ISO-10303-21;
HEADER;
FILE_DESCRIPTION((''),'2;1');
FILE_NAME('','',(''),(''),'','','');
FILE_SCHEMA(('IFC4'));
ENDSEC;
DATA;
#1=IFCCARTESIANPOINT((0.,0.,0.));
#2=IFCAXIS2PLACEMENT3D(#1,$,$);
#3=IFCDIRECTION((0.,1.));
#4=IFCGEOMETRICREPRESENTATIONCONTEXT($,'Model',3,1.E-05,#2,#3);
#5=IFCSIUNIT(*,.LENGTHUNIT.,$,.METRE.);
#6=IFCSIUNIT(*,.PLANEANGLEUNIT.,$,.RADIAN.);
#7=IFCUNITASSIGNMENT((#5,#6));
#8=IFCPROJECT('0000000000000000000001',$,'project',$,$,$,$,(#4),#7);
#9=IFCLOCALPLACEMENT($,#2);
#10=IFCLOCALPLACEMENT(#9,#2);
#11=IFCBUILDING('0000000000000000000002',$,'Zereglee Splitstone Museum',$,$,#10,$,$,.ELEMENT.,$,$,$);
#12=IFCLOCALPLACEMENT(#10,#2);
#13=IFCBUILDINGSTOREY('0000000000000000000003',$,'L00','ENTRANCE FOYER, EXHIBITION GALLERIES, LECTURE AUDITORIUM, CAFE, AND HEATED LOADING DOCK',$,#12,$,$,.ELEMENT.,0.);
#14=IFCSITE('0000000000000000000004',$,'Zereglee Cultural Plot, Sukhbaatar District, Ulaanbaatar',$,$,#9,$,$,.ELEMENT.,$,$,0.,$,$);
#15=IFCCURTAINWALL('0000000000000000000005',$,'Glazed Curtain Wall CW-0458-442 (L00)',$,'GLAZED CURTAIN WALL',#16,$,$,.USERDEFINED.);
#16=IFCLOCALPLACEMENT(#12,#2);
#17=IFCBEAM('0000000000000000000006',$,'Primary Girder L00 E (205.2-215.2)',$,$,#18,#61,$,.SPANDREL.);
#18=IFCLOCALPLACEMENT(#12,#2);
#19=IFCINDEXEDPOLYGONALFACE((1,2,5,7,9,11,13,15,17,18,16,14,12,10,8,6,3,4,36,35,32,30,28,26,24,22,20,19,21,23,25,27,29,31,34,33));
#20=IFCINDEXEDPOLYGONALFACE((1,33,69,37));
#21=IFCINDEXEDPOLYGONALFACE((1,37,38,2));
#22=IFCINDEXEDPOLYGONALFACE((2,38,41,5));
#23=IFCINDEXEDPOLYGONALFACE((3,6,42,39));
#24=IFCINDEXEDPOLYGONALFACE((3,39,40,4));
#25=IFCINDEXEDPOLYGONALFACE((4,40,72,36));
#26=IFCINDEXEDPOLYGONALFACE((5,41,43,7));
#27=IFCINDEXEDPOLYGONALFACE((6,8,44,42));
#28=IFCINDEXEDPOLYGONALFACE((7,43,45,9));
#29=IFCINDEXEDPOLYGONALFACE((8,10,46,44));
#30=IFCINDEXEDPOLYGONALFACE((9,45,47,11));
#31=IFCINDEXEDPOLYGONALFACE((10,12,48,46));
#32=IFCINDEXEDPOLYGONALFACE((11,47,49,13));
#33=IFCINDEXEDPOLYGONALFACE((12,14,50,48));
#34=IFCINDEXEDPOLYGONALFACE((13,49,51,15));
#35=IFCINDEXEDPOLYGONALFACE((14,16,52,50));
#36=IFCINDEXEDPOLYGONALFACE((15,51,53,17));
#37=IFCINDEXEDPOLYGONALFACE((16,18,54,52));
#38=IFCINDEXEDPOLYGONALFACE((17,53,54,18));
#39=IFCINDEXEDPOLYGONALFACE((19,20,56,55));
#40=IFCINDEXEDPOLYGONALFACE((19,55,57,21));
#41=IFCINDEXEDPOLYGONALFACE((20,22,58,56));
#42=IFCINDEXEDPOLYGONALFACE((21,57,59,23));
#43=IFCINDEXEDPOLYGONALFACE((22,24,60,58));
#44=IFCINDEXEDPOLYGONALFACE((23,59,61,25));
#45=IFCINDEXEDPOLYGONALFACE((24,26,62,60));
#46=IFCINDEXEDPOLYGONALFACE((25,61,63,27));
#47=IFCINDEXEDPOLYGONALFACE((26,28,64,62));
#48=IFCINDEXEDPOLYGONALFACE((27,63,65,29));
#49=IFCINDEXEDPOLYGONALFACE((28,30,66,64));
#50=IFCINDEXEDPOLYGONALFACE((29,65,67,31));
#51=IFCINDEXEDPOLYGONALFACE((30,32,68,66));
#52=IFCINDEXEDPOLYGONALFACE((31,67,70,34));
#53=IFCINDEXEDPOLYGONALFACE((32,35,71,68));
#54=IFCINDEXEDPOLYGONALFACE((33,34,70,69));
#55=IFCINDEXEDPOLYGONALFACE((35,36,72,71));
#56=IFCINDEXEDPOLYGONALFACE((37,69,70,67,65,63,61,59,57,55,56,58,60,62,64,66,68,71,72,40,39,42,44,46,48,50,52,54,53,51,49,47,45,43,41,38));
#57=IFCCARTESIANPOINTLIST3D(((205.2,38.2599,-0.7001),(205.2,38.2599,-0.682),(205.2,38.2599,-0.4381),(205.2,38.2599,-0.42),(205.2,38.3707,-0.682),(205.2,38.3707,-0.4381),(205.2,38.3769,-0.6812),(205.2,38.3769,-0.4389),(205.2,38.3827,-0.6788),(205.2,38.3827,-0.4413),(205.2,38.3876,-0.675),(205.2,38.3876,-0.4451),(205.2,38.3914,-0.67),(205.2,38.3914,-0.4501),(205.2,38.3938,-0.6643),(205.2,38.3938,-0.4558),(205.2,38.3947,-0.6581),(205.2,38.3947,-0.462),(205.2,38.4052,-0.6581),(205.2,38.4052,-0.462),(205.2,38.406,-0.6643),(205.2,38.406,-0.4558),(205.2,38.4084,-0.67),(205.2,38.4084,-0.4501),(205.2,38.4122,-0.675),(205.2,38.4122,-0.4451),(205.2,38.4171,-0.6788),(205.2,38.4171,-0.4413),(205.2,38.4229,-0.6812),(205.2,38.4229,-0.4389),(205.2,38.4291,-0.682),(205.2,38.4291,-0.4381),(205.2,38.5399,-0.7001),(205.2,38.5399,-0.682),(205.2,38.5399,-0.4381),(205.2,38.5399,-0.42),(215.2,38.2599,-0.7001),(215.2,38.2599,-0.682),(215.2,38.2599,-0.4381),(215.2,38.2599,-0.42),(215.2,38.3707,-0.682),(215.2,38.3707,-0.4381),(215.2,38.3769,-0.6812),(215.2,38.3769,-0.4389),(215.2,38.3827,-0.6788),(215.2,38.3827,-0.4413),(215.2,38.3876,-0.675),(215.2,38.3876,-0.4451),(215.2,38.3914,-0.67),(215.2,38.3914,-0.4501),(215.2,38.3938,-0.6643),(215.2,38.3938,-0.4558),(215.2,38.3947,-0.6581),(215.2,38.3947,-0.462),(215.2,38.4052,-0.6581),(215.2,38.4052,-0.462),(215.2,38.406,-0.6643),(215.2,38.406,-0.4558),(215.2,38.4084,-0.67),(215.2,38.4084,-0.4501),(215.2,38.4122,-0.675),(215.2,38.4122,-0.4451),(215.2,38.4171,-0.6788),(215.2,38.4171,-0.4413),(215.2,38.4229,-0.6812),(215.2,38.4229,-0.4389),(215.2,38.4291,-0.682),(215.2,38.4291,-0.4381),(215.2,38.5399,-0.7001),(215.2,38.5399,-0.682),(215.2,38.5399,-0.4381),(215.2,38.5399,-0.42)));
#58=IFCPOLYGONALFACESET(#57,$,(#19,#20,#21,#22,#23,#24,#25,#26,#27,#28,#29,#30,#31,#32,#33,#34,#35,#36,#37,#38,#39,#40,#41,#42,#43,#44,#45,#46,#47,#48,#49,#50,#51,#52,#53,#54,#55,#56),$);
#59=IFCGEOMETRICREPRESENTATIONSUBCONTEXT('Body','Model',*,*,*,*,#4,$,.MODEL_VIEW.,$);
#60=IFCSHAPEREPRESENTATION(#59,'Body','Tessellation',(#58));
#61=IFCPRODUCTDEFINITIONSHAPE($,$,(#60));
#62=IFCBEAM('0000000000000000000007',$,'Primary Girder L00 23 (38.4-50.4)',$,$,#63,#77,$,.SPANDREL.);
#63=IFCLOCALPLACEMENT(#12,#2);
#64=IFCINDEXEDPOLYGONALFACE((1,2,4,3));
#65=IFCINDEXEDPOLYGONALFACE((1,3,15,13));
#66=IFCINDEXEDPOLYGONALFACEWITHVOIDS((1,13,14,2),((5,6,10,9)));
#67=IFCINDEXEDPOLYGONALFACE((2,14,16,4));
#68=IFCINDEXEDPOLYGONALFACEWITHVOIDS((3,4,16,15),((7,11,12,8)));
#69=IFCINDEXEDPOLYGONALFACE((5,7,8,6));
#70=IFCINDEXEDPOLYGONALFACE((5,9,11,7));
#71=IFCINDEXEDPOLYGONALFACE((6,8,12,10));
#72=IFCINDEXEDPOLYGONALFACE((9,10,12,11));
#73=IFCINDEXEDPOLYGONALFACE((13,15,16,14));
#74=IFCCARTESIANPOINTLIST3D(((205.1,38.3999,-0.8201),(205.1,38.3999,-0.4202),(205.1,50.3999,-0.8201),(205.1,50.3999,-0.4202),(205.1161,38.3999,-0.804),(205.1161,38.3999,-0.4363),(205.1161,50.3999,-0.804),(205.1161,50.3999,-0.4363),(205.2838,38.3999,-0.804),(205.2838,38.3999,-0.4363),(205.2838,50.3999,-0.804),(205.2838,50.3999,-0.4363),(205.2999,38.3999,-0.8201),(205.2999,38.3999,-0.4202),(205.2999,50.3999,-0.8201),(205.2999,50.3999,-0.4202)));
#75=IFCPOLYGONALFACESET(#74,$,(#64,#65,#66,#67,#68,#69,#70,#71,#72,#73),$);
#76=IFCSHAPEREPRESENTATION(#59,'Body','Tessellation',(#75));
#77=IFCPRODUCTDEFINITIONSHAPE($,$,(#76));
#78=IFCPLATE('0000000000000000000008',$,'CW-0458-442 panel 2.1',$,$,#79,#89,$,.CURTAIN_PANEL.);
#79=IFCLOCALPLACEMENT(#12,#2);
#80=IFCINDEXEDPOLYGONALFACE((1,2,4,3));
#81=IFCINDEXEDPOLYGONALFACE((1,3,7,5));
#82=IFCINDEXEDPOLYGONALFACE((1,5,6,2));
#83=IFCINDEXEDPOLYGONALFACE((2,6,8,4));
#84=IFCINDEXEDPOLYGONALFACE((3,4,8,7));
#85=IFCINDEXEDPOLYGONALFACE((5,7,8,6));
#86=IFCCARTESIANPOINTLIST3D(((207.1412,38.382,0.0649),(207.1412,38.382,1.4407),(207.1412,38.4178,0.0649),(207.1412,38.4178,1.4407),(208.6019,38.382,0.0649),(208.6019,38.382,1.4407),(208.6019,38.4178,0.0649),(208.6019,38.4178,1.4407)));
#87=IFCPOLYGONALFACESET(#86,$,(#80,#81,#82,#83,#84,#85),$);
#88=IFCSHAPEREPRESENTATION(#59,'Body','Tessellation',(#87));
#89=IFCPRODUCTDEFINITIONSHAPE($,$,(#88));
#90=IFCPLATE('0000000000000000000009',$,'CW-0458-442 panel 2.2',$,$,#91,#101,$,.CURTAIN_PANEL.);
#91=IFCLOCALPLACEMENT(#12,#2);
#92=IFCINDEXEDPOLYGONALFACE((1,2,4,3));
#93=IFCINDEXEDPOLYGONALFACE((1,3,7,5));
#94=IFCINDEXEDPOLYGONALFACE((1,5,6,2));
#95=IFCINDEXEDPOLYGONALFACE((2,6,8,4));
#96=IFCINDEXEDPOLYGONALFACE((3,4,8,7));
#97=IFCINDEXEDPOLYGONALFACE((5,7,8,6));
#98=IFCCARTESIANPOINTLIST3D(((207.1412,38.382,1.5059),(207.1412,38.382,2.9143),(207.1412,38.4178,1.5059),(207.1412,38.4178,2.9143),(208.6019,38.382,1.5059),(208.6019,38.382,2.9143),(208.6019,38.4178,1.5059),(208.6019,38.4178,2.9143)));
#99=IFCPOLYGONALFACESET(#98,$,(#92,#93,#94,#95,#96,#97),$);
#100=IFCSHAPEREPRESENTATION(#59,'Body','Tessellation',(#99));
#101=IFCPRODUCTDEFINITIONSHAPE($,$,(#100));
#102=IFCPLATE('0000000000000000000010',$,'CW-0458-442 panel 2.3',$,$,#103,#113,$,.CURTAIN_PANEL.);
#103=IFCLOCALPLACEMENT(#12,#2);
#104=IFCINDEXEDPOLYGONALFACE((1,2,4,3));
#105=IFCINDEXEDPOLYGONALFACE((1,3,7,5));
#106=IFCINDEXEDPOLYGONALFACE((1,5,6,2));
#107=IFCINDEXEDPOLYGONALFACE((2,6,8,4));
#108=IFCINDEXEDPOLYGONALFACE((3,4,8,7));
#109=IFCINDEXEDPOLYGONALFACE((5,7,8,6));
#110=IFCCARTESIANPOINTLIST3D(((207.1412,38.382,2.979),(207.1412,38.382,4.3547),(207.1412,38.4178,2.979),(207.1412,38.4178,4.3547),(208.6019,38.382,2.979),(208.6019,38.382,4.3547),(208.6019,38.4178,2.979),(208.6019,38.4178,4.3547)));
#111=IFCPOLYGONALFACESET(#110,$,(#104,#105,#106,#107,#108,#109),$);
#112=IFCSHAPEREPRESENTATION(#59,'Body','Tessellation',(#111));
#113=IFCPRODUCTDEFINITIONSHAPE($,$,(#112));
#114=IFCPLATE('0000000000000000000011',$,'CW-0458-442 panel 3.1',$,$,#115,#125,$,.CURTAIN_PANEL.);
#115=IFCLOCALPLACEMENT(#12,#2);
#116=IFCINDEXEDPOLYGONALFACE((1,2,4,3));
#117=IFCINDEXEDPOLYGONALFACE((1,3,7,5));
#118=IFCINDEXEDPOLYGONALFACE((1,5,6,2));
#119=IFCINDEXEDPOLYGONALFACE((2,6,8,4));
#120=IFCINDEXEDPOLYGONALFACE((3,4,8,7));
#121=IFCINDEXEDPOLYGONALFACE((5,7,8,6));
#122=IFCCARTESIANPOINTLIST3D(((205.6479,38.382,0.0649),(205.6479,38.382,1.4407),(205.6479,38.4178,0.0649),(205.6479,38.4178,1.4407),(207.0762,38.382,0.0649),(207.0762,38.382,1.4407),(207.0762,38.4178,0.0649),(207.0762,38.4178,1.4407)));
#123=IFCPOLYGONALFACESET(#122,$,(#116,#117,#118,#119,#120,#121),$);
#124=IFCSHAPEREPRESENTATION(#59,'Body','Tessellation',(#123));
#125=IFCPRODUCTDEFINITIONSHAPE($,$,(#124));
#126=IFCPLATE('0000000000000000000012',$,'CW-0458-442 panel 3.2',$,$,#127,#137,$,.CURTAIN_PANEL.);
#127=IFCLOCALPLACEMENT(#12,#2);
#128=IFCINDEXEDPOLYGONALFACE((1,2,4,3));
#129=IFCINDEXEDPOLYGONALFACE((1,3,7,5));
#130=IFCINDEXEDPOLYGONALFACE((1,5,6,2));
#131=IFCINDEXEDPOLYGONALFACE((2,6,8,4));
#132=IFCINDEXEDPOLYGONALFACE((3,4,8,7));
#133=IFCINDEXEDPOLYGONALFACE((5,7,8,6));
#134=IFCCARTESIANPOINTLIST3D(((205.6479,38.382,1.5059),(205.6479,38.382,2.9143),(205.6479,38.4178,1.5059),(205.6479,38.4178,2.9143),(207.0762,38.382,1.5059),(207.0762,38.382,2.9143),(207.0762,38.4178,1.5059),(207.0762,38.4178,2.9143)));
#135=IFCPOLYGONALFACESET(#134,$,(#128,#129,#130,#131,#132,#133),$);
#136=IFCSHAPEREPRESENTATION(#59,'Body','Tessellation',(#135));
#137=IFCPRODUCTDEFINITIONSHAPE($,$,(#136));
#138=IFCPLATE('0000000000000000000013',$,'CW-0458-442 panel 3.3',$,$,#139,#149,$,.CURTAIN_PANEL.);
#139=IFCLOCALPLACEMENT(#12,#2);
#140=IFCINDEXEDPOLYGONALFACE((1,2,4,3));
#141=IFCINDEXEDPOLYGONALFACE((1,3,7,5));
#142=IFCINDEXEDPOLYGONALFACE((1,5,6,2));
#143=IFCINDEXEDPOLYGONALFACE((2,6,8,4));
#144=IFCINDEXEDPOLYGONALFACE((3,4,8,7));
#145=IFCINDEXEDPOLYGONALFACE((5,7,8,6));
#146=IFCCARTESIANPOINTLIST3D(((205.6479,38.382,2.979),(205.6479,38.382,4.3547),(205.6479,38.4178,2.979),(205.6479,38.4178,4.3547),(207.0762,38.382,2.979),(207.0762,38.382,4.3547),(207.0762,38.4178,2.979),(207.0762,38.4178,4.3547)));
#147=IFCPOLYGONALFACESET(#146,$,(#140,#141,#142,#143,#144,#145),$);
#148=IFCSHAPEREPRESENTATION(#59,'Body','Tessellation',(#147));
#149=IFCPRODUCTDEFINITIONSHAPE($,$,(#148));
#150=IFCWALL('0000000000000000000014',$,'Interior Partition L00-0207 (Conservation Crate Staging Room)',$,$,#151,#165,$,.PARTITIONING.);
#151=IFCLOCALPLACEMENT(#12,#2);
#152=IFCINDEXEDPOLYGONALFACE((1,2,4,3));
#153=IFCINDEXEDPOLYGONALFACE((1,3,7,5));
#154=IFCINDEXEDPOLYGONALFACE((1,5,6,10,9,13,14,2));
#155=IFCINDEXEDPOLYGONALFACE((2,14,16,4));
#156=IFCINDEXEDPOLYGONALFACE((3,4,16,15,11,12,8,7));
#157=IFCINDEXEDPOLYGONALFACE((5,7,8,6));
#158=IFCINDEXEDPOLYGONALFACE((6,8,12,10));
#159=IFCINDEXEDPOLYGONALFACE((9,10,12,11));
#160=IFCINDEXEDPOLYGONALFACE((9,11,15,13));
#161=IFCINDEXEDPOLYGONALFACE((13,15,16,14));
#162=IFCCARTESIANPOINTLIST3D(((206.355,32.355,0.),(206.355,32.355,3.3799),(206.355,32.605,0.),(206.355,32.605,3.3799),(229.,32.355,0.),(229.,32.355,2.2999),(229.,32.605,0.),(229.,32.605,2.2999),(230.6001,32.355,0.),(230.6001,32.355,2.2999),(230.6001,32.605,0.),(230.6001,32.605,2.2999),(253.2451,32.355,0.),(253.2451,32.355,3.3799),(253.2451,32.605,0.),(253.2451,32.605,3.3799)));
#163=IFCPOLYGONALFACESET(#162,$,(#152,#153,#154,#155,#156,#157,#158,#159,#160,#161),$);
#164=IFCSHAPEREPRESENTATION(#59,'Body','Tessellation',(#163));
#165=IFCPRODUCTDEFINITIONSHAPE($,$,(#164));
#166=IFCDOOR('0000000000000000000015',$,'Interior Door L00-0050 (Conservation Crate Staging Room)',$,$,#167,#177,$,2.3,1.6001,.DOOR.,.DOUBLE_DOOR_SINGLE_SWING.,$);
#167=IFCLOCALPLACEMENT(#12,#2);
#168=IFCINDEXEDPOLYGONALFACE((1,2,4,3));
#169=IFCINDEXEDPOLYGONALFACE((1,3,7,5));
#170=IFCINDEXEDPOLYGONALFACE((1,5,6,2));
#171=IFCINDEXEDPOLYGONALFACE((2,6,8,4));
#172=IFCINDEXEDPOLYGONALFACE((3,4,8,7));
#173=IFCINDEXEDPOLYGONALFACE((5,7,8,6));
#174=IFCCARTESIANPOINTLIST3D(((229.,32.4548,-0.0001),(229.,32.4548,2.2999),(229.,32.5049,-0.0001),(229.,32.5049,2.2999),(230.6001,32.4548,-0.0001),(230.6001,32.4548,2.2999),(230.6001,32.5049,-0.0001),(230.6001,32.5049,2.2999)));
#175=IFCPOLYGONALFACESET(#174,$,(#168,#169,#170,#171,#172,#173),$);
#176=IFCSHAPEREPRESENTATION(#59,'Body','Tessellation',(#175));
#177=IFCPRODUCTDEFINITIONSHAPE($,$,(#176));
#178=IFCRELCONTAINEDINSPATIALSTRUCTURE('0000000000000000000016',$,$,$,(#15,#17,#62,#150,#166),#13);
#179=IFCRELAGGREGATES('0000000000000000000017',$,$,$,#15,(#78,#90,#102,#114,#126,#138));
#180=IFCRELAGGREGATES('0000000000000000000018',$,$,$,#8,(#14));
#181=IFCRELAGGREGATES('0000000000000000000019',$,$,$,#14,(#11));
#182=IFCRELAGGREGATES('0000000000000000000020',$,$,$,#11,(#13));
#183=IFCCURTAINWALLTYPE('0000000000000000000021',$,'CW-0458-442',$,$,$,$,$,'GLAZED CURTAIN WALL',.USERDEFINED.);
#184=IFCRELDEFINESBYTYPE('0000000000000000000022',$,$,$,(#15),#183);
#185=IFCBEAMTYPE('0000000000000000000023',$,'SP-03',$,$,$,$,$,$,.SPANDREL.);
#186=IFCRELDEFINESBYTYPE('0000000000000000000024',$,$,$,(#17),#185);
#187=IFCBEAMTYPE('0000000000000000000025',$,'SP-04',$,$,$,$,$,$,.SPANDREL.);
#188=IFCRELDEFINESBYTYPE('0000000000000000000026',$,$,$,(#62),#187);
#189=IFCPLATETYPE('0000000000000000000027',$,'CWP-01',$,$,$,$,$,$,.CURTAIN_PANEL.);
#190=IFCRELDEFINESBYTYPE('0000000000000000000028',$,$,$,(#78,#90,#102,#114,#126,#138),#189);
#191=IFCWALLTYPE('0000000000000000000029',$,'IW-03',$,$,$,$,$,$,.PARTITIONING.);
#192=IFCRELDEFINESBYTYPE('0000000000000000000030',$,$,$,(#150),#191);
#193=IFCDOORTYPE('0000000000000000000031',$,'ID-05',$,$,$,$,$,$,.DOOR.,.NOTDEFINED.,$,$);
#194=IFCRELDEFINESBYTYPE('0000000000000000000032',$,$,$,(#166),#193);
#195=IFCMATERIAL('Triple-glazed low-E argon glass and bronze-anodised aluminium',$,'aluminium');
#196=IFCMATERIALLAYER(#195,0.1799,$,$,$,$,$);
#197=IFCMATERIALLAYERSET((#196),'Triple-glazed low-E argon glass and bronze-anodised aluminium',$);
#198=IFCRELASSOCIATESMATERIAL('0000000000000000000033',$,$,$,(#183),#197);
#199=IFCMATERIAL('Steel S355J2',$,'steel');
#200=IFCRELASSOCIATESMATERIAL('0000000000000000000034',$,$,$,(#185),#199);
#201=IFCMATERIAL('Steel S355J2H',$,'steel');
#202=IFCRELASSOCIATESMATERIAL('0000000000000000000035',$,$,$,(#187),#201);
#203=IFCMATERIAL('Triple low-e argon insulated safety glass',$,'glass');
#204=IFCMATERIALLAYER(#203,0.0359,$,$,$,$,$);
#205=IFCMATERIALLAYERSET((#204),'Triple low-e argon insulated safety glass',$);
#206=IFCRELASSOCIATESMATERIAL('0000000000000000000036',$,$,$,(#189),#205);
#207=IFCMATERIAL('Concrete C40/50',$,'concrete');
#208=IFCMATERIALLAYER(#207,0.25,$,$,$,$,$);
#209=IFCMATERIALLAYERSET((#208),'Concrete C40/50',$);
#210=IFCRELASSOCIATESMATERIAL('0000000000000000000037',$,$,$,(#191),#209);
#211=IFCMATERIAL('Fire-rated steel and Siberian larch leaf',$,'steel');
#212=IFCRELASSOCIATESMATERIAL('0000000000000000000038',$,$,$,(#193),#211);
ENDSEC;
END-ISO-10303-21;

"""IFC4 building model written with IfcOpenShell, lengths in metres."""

from ifc_helpers import new_model, si_unit, direction, frame, frame_2d, origin, origin_2d, place, context, subcontext, project, spatial, rectangle, hollow_rectangle, i_section, extrude, material, layer, layer_set, material_profile, profile_set, type_object, element, fill, aggregate, save


model = new_model("IFC4")

# Units and contexts
model_context = context("Model", 3, precision=1e-05, world=origin(), true_north=direction((0.0, 1.0)))
body_context = subcontext(model_context, "Body", "Model", "MODEL_VIEW")
ifc_project = project(units=[si_unit("LENGTHUNIT", "METRE"), si_unit("PLANEANGLEUNIT", "RADIAN")], contexts=[model_context])

# Site, building, storey
site_placement = place(None, origin())
site = spatial("IfcSite", under=ifc_project, at=site_placement, Name="Zereglee Cultural Plot, Sukhbaatar District, Ulaanbaatar", CompositionType="ELEMENT", RefElevation=0.0)
building_placement = place(site_placement, origin())
building = spatial("IfcBuilding", under=site, at=building_placement, Name="Zereglee Splitstone Museum", CompositionType="ELEMENT")
storey_placement = place(building_placement, origin())
storey = spatial("IfcBuildingStorey", under=building, at=storey_placement, Name="L00", Description="ENTRANCE FOYER, EXHIBITION GALLERIES, LECTURE AUDITORIUM, CAFE, AND HEATED LOADING DOCK", CompositionType="ELEMENT", Elevation=0.0)

# Curtain wall
ifc_material_1 = material(Name="Triple-glazed low-E argon glass and bronze-anodised aluminium", Category="aluminium")
ifc_layer_1 = layer(ifc_material_1, 0.1799)
ifc_layer_set_1 = layer_set([ifc_layer_1], Name="Triple-glazed low-E argon glass and bronze-anodised aluminium")
curtain_wall_type = type_object("IfcCurtainWallType", Name="CW-0458-442", ElementType="GLAZED CURTAIN WALL", PredefinedType="USERDEFINED", material=ifc_layer_set_1)
curtain_wall_placement = place(storey_placement, origin())
curtain_wall = element("IfcCurtainWall", 1, at=curtain_wall_placement, inside=storey, type_object=curtain_wall_type, Name="Glazed Curtain Wall CW-0458-442 (L00)", ObjectType="GLAZED CURTAIN WALL", PredefinedType="USERDEFINED")

# Beams
ifc_material_2 = material(Name="Steel S355J2", Category="steel")
ifc_material_profile_1 = material_profile(ifc_material_2, i_section(OverallWidth=0.28, OverallDepth=0.28, WebThickness=0.0105, FlangeThickness=0.0181, FilletRadius=0.0239, at=origin_2d()), Name="HE 280 B")
ifc_profile_set_1 = profile_set([ifc_material_profile_1], Name="Steel S355J2")
beam_type_1 = type_object("IfcBeamType", Name="SP-03", PredefinedType="SPANDREL", material=ifc_profile_set_1)
beam_1_placement = place(storey_placement, frame((205.2, 38.3999, -0.5601), z_axis=(1.0, 0.0, 0.0), x_axis=(0.0, 1.0, 0.0)))
element("IfcBeam", 2, at=beam_1_placement, inside=storey, type_object=beam_type_1, Name="Primary Girder L00 E (205.2-215.2)", PredefinedType="SPANDREL", context=body_context, shape_type="SweptSolid", body=[
    extrude(i_section(OverallWidth=0.28, OverallDepth=0.28, WebThickness=0.0105, FlangeThickness=0.0181, FilletRadius=0.0239, at=origin_2d()), origin(), (0.0, 0.0, 1.0), 10.0),
])
ifc_material_3 = material(Name="Steel S355J2H", Category="steel")
ifc_material_profile_2 = material_profile(ifc_material_3, hollow_rectangle(XDim=0.2, YDim=0.3999, WallThickness=0.0161, at=origin_2d()), Name="RHS 400x200x16")
ifc_profile_set_2 = profile_set([ifc_material_profile_2], Name="Steel S355J2H")
beam_type_2 = type_object("IfcBeamType", Name="SP-04", PredefinedType="SPANDREL", material=ifc_profile_set_2)
beam_2_placement = place(storey_placement, frame((205.2, 38.3999, -0.6201), z_axis=(0.0, 1.0, 0.0), x_axis=(-1.0, 0.0, 0.0)))
element("IfcBeam", 3, at=beam_2_placement, inside=storey, type_object=beam_type_2, Name="Primary Girder L00 23 (38.4-50.4)", PredefinedType="SPANDREL", context=body_context, shape_type="SweptSolid", body=[
    extrude(hollow_rectangle(XDim=0.2, YDim=0.3999, WallThickness=0.0161, at=origin_2d()), origin(), (0.0, 0.0, 1.0), 12.0),
])

# Plates
ifc_material_4 = material(Name="Triple low-e argon insulated safety glass", Category="glass")
ifc_layer_2 = layer(ifc_material_4, 0.0359)
ifc_layer_set_2 = layer_set([ifc_layer_2], Name="Triple low-e argon insulated safety glass")
plate_type = type_object("IfcPlateType", Name="CWP-01", PredefinedType="CURTAIN_PANEL", material=ifc_layer_set_2)
plate_1_placement = place(storey_placement, frame((207.8716, 38.3999, 0.0649), z_axis=(0.0, 0.0, 1.0), x_axis=(-1.0, 0.0, 0.0)))
plate_1 = element("IfcPlate", 4, at=plate_1_placement, type_object=plate_type, Name="CW-0458-442 panel 2.1", PredefinedType="CURTAIN_PANEL", context=body_context, shape_type="SweptSolid", body=[
    extrude(rectangle(XDim=1.4607, YDim=0.0359, at=origin_2d()), origin(), (0.0, 0.0, 1.0), 1.3757),
])
plate_2_placement = place(storey_placement, frame((207.8716, 38.3999, 1.5059), z_axis=(0.0, 0.0, 1.0), x_axis=(-1.0, 0.0, 0.0)))
plate_2 = element("IfcPlate", 5, at=plate_2_placement, type_object=plate_type, Name="CW-0458-442 panel 2.2", PredefinedType="CURTAIN_PANEL", context=body_context, shape_type="SweptSolid", body=[
    extrude(rectangle(XDim=1.4607, YDim=0.0359, at=origin_2d()), origin(), (0.0, 0.0, 1.0), 1.4084),
])
plate_3_placement = place(storey_placement, frame((207.8716, 38.3999, 2.979), z_axis=(0.0, 0.0, 1.0), x_axis=(-1.0, 0.0, 0.0)))
plate_3 = element("IfcPlate", 6, at=plate_3_placement, type_object=plate_type, Name="CW-0458-442 panel 2.3", PredefinedType="CURTAIN_PANEL", context=body_context, shape_type="SweptSolid", body=[
    extrude(rectangle(XDim=1.4607, YDim=0.0359, at=origin_2d()), origin(), (0.0, 0.0, 1.0), 1.3757),
])
plate_4_placement = place(storey_placement, frame((206.3621, 38.3999, 0.0649), z_axis=(0.0, 0.0, 1.0), x_axis=(-1.0, 0.0, 0.0)))
plate_4 = element("IfcPlate", 7, at=plate_4_placement, type_object=plate_type, Name="CW-0458-442 panel 3.1", PredefinedType="CURTAIN_PANEL", context=body_context, shape_type="SweptSolid", body=[
    extrude(rectangle(XDim=1.4282, YDim=0.0359, at=origin_2d()), origin(), (0.0, 0.0, 1.0), 1.3757),
])
plate_5_placement = place(storey_placement, frame((206.3621, 38.3999, 1.5059), z_axis=(0.0, 0.0, 1.0), x_axis=(-1.0, 0.0, 0.0)))
plate_5 = element("IfcPlate", 8, at=plate_5_placement, type_object=plate_type, Name="CW-0458-442 panel 3.2", PredefinedType="CURTAIN_PANEL", context=body_context, shape_type="SweptSolid", body=[
    extrude(rectangle(XDim=1.4282, YDim=0.0359, at=origin_2d()), origin(), (0.0, 0.0, 1.0), 1.4084),
])
plate_6_placement = place(storey_placement, frame((206.3621, 38.3999, 2.979), z_axis=(0.0, 0.0, 1.0), x_axis=(-1.0, 0.0, 0.0)))
plate_6 = element("IfcPlate", 9, at=plate_6_placement, type_object=plate_type, Name="CW-0458-442 panel 3.3", PredefinedType="CURTAIN_PANEL", context=body_context, shape_type="SweptSolid", body=[
    extrude(rectangle(XDim=1.4282, YDim=0.0359, at=origin_2d()), origin(), (0.0, 0.0, 1.0), 1.3757),
])
aggregate(curtain_wall, [plate_1, plate_2, plate_3, plate_4, plate_5, plate_6])

# Wall, opening, door
ifc_material_5 = material(Name="Concrete C40/50", Category="concrete")
ifc_layer_3 = layer(ifc_material_5, 0.25)
ifc_layer_set_3 = layer_set([ifc_layer_3], Name="Concrete C40/50")
wall_type = type_object("IfcWallType", Name="IW-03", PredefinedType="PARTITIONING", material=ifc_layer_set_3)
wall_1_placement = place(storey_placement, frame((206.355, 32.48, 0.0), z_axis=(0.0, 0.0, 1.0), x_axis=(1.0, 0.0, 0.0)))
wall_1 = element("IfcWall", 10, at=wall_1_placement, inside=storey, type_object=wall_type, Name="Interior Partition L00-0207 (Conservation Crate Staging Room)", PredefinedType="PARTITIONING", context=body_context, shape_type="SweptSolid", body=[
    extrude(rectangle(XDim=46.8901, YDim=0.25, at=frame_2d((23.4451, 0.0))), origin(), (0.0, 0.0, 1.0), 3.3799),
])
opening_placement = place(wall_1_placement, frame((22.645, 0.0, 0.0)))
opening = element("IfcOpeningElement", 11, at=opening_placement, cuts=wall_1, PredefinedType="OPENING", context=body_context, shape_type="SweptSolid", body=[
    extrude(rectangle(XDim=1.6001, YDim=2.3, at=frame_2d((0.8, 1.1499))), frame((0.0, 0.1399, 0.0), z_axis=(0.0, -1.0, 0.0), x_axis=(1.0, 0.0, 0.0)), (0.0, 0.0, 1.0), 0.2798),
])
ifc_material_6 = material(Name="Fire-rated steel and Siberian larch leaf", Category="steel")
door_type = type_object("IfcDoorType", Name="ID-05", OperationType="NOTDEFINED", PredefinedType="DOOR", material=ifc_material_6)
door_placement = place(opening_placement, origin())
door = element("IfcDoor", 12, at=door_placement, inside=storey, type_object=door_type, Name="Interior Door L00-0050 (Conservation Crate Staging Room)", OperationType="DOUBLE_DOOR_SINGLE_SWING", OverallHeight=2.3, OverallWidth=1.6001, PredefinedType="DOOR", context=body_context, shape_type="SweptSolid", body=[
    extrude(rectangle(XDim=1.6001, YDim=2.3, at=frame_2d((0.8, 1.1499))), frame((0.0, 0.0249, 0.0), z_axis=(0.0, -1.0, 0.0), x_axis=(1.0, 0.0, 0.0)), (0.0, 0.0, 1.0), 0.05),
])
fill(opening, door)

save(model, "model.ifc")
